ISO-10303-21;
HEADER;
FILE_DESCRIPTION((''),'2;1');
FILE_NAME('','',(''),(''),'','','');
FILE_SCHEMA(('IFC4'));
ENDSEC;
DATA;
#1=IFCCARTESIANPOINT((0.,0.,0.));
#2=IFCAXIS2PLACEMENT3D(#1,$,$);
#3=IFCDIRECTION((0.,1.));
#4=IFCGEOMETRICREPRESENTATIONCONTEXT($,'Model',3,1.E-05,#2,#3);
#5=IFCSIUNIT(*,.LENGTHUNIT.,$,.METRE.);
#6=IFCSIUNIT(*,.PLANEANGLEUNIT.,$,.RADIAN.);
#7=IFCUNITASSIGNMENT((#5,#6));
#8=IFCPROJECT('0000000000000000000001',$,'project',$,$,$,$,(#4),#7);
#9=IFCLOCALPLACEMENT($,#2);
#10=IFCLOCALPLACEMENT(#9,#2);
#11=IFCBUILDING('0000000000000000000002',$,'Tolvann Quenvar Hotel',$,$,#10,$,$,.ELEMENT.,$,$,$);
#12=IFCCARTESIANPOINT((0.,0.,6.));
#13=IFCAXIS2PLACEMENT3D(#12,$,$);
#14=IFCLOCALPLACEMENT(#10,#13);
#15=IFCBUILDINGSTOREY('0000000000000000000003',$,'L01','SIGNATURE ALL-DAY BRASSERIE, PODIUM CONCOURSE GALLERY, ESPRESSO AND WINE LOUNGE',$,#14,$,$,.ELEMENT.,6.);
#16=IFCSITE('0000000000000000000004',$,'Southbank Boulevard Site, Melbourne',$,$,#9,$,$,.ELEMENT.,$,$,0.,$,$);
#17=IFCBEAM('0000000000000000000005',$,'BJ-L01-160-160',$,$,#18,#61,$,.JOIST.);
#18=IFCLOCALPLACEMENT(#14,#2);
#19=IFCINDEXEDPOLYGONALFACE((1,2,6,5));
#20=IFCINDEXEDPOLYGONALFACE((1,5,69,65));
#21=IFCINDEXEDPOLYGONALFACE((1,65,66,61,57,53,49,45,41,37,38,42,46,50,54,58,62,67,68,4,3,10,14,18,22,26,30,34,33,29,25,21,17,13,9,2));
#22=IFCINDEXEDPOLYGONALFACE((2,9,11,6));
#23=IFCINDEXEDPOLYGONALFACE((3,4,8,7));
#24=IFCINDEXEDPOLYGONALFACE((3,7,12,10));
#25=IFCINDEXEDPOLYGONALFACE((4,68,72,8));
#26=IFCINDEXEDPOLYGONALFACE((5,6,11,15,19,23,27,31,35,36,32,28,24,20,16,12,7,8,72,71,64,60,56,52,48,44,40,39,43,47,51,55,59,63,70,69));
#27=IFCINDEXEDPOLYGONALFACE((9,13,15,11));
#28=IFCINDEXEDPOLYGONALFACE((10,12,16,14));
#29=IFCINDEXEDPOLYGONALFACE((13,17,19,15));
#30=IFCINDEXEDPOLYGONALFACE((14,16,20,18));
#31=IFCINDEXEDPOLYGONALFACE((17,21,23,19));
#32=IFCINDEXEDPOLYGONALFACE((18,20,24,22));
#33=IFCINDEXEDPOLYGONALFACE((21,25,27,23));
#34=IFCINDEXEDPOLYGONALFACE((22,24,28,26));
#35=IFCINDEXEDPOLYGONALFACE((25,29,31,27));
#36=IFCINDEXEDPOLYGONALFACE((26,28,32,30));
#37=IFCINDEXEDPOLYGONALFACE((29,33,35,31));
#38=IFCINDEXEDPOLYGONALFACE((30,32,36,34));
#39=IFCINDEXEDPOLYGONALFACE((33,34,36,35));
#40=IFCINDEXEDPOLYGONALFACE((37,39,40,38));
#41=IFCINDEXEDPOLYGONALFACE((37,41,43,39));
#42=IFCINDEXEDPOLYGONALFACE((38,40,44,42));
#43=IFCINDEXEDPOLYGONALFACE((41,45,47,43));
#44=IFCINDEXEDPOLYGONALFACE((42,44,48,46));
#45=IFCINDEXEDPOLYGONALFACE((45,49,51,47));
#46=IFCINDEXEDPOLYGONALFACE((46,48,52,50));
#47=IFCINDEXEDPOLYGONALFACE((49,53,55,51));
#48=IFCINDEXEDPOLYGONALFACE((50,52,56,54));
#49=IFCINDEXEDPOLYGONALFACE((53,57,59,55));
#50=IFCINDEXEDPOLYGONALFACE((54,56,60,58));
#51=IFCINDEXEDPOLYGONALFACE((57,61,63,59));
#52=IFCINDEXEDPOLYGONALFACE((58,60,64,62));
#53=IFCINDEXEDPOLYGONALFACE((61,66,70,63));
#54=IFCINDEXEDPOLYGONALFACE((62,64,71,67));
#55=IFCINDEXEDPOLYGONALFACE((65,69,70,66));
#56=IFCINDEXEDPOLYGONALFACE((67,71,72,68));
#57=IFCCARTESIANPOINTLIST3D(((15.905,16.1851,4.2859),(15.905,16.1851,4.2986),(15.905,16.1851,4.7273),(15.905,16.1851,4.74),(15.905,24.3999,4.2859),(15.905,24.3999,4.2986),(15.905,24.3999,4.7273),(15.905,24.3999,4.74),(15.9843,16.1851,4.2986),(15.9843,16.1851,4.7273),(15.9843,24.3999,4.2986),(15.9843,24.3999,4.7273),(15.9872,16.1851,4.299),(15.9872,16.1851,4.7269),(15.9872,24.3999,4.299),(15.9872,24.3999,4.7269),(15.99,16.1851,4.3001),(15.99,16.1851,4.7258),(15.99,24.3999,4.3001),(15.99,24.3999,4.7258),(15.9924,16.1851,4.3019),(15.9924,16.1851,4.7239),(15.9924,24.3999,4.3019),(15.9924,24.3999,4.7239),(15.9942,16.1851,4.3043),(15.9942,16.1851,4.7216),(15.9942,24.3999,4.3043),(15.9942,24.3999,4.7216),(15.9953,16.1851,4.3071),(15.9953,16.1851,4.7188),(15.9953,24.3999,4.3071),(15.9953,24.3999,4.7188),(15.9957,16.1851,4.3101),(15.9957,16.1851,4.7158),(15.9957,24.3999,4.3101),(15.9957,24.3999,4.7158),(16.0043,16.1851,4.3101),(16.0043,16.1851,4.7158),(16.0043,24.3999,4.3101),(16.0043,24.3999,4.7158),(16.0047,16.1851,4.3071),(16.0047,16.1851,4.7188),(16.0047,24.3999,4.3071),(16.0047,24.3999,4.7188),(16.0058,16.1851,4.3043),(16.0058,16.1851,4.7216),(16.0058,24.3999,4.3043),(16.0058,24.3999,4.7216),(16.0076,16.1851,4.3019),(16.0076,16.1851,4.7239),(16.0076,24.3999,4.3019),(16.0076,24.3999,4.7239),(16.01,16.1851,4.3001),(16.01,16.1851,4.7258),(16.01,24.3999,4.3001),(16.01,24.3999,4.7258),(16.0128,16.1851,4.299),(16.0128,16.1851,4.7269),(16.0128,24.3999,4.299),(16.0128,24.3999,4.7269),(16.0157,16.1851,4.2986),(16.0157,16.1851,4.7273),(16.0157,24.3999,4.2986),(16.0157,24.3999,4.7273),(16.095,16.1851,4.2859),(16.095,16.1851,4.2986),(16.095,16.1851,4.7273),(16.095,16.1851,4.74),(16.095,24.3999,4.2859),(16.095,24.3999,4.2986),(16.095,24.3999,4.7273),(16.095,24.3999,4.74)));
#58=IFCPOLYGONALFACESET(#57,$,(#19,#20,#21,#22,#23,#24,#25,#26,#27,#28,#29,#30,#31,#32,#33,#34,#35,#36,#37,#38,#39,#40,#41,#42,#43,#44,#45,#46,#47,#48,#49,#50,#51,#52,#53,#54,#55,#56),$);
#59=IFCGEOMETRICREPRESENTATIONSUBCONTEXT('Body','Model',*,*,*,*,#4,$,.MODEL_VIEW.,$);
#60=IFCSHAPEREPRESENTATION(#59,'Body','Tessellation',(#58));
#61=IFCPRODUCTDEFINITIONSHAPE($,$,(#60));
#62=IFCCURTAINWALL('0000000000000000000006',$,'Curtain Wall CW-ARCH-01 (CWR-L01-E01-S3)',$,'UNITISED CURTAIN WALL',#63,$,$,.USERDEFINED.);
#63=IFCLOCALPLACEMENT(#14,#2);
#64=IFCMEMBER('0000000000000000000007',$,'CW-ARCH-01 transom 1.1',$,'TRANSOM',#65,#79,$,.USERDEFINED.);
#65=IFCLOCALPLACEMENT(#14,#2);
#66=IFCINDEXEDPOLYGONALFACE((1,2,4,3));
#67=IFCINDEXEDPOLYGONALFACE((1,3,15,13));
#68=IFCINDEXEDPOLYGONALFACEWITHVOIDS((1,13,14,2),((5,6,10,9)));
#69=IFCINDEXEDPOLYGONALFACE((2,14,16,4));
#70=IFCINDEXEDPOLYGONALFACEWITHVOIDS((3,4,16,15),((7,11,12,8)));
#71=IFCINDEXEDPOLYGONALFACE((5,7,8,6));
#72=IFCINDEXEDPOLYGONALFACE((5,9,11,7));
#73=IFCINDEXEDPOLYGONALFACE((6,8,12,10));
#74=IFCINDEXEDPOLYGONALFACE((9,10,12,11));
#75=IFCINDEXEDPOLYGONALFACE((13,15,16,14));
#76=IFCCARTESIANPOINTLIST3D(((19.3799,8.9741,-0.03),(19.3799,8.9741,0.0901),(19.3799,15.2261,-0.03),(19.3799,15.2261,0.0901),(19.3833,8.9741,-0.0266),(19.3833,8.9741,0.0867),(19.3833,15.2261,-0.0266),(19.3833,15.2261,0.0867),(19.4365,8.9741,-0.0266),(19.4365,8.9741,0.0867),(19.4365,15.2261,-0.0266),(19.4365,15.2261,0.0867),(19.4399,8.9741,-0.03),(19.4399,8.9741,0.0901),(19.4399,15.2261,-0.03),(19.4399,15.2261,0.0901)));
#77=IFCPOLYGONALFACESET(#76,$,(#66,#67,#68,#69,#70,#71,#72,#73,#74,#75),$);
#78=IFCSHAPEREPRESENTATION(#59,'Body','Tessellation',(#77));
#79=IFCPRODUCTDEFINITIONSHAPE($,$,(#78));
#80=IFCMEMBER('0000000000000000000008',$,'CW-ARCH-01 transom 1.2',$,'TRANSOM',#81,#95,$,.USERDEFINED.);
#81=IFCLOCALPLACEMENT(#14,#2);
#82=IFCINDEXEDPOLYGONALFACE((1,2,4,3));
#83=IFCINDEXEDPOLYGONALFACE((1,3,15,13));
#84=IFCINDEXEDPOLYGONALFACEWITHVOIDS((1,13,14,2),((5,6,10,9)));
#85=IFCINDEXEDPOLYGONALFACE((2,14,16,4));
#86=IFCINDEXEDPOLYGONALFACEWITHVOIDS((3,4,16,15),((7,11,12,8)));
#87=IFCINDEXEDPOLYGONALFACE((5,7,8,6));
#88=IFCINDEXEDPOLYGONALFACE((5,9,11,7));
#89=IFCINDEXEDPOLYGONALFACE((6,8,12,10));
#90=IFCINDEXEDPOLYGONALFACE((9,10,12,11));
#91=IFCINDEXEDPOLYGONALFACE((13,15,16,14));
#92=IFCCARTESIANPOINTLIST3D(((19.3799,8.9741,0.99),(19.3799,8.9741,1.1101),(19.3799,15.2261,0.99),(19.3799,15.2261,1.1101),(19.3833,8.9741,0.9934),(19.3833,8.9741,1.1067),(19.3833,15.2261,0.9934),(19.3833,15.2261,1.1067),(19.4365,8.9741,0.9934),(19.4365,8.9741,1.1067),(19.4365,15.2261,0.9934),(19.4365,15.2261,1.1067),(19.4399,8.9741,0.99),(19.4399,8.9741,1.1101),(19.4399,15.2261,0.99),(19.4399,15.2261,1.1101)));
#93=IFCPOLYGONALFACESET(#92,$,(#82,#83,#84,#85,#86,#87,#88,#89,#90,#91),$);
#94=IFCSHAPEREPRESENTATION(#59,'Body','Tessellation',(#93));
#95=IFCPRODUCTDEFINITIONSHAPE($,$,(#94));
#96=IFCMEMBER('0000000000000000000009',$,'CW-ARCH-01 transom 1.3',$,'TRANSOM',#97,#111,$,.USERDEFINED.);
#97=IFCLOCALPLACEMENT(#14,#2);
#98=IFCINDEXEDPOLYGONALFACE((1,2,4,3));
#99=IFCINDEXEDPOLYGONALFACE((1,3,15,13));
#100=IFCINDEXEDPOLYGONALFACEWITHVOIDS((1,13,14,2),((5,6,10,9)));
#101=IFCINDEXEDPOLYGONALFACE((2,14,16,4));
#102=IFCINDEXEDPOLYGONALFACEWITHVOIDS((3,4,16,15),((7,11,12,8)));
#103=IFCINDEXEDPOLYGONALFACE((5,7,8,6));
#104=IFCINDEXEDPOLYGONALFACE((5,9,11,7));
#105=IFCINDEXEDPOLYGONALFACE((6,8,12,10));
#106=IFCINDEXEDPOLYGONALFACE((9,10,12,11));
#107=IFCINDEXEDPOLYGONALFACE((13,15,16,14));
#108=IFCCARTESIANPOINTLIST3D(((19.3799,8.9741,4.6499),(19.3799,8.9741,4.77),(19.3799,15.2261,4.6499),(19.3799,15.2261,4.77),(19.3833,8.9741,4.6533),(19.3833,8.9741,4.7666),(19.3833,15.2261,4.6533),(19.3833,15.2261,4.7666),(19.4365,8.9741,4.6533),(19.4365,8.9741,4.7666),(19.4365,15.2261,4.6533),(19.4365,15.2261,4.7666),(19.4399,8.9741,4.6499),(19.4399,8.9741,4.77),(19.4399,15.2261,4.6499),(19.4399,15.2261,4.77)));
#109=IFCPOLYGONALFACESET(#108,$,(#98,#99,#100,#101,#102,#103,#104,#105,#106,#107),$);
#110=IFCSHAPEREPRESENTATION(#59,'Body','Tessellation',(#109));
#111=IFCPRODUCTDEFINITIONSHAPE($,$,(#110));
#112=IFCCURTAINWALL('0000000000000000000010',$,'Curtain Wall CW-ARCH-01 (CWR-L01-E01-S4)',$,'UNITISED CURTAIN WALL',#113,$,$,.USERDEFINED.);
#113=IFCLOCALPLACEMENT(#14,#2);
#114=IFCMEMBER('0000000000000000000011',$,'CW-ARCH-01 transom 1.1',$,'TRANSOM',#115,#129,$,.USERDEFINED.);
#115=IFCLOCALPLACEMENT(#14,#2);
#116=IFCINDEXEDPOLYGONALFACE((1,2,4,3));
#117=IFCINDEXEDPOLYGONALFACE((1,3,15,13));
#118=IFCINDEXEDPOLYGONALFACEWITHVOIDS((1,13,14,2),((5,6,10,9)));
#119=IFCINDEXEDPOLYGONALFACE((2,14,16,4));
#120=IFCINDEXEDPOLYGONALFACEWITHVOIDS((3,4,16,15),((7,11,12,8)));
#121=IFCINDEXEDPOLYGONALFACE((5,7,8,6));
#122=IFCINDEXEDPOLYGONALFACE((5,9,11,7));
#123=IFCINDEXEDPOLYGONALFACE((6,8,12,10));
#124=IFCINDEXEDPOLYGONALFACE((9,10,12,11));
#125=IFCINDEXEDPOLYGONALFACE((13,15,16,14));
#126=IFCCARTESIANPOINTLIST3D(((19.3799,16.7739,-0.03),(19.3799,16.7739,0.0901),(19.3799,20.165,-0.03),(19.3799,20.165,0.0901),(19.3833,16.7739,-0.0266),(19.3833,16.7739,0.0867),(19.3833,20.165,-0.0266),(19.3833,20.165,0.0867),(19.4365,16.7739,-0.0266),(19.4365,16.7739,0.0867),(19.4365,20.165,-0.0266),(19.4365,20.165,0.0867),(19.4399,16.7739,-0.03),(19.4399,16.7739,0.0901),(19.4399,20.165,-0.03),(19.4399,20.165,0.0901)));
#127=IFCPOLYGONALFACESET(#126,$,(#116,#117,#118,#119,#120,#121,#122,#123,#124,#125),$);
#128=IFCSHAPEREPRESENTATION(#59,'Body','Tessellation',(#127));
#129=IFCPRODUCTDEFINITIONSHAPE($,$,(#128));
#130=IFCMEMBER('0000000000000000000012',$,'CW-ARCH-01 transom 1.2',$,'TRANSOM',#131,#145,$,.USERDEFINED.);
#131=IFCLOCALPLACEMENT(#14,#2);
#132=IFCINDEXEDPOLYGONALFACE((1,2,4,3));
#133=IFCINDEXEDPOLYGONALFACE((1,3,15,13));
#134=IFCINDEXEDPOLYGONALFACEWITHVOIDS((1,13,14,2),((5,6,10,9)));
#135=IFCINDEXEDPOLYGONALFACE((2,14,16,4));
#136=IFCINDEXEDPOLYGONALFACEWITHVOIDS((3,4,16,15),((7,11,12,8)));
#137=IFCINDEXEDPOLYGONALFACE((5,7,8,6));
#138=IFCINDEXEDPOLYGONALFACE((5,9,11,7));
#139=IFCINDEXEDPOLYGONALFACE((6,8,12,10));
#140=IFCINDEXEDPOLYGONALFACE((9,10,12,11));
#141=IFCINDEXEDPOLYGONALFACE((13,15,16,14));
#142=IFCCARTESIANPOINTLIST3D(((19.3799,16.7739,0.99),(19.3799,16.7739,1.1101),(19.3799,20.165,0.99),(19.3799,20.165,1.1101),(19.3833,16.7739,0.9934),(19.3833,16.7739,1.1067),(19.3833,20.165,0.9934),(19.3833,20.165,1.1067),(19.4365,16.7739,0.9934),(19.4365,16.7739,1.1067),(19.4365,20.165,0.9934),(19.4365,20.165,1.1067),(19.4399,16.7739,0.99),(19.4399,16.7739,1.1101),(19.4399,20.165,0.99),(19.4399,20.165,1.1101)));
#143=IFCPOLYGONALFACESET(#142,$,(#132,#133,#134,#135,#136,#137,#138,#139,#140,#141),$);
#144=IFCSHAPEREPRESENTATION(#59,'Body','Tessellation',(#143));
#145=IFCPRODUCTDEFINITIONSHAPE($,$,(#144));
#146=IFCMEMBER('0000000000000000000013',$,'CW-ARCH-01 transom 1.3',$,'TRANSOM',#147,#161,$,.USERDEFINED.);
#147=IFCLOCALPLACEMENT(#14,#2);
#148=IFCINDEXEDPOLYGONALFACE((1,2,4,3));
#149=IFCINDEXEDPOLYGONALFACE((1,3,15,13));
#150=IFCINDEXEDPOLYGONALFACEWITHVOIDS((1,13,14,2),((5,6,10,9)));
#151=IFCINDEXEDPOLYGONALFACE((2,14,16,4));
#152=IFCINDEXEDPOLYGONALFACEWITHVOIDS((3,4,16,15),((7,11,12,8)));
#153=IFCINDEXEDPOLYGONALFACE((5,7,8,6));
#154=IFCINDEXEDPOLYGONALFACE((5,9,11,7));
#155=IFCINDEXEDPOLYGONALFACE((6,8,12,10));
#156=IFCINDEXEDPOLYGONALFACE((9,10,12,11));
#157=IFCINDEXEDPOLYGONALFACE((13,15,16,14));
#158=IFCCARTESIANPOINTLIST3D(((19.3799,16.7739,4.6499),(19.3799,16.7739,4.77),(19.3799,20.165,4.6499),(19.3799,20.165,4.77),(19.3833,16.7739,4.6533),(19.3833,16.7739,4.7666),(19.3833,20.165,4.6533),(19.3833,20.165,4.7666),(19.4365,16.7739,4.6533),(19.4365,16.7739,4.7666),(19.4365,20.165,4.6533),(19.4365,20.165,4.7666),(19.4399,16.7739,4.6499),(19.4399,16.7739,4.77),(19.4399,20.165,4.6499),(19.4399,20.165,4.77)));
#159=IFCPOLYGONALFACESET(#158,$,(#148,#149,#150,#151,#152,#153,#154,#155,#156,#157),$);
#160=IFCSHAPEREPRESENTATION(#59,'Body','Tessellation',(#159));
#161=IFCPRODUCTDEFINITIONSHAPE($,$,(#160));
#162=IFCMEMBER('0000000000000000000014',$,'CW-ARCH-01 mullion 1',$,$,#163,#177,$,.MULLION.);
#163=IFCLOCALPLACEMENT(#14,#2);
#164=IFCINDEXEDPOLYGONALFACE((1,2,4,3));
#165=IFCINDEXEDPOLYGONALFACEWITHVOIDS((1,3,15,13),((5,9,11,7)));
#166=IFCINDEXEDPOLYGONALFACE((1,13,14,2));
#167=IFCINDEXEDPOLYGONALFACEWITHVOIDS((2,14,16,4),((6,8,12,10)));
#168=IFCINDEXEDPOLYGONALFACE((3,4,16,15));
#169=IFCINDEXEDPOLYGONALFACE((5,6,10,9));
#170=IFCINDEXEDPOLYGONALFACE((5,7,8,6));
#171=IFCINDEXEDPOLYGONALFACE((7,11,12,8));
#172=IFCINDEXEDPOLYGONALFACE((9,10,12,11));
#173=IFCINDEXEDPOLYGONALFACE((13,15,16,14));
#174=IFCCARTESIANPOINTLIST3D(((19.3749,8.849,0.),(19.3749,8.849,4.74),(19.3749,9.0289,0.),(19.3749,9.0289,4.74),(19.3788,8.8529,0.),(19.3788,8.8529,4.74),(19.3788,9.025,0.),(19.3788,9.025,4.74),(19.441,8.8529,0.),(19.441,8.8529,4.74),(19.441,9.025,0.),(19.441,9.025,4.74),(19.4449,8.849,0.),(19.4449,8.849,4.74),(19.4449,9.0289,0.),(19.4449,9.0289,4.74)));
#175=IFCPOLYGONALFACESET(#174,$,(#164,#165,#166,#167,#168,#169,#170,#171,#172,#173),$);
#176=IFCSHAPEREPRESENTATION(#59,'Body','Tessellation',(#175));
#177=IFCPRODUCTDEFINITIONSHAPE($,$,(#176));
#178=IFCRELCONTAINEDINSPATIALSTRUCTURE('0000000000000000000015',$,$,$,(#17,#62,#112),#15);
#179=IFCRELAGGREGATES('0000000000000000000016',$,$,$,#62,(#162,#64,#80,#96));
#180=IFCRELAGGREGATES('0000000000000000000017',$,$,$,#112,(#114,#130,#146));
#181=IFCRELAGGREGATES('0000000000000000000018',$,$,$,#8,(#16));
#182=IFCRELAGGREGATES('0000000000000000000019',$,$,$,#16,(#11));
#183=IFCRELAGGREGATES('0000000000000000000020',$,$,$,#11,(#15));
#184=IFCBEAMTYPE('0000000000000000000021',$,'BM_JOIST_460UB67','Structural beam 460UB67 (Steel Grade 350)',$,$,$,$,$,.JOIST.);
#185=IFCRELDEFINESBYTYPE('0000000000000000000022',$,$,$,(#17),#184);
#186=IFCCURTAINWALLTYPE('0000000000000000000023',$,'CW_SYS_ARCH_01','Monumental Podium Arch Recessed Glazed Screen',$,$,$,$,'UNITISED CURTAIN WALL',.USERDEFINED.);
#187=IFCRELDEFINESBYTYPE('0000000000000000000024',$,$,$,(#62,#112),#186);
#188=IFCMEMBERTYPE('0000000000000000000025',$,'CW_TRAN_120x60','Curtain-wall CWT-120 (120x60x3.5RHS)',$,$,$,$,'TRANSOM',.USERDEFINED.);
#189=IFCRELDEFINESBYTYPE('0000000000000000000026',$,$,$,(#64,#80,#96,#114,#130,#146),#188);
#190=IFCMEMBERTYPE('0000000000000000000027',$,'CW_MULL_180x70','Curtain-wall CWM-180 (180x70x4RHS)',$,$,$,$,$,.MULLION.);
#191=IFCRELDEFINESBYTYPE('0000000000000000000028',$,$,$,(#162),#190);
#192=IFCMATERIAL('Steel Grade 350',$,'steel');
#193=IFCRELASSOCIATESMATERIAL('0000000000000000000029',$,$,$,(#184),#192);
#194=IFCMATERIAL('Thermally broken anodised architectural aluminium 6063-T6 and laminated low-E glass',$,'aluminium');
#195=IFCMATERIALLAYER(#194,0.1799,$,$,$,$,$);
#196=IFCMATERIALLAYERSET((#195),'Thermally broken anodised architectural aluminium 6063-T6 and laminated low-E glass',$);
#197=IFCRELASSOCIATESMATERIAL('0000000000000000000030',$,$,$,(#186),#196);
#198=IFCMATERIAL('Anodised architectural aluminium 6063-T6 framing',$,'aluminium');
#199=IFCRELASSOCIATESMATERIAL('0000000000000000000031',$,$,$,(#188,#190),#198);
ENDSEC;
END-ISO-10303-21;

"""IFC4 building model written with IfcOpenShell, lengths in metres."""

from ifc_helpers import new_model, si_unit, direction, frame, origin, origin_2d, place, context, subcontext, project, spatial, hollow_rectangle, i_section, extrude, source, transform, mapped, material, layer, layer_set, material_profile, profile_set, type_object, type_shapes, element, aggregate, save


model = new_model("IFC4")

# Units and contexts
model_context = context("Model", 3, precision=1e-05, world=origin(), true_north=direction((0.0, 1.0)))
body_context = subcontext(model_context, "Body", "Model", "MODEL_VIEW")
ifc_project = project(units=[si_unit("LENGTHUNIT", "METRE"), si_unit("PLANEANGLEUNIT", "RADIAN")], contexts=[model_context])

# Site, building, storey
site_placement = place(None, origin())
site = spatial("IfcSite", under=ifc_project, at=site_placement, Name="Southbank Boulevard Site, Melbourne", CompositionType="ELEMENT", RefElevation=0.0)
building_placement = place(site_placement, origin())
building = spatial("IfcBuilding", under=site, at=building_placement, Name="Tolvann Quenvar Hotel", CompositionType="ELEMENT")
storey_placement = place(building_placement, frame((0.0, 0.0, 6.0)))
storey = spatial("IfcBuildingStorey", under=building, at=storey_placement, Name="L01", Description="SIGNATURE ALL-DAY BRASSERIE, PODIUM CONCOURSE GALLERY, ESPRESSO AND WINE LOUNGE", CompositionType="ELEMENT", Elevation=6.0)

# Beam
ifc_material_1 = material(Name="Steel Grade 350", Category="steel")
ifc_material_profile_1 = material_profile(ifc_material_1, i_section(OverallWidth=0.1899, OverallDepth=0.4541, WebThickness=0.0085, FlangeThickness=0.0127, FilletRadius=0.0115, at=origin_2d()), Name="460UB67")
ifc_profile_set_1 = profile_set([ifc_material_profile_1], Name="Steel Grade 350")
beam_type_1 = type_object("IfcBeamType", Name="BM_JOIST_460UB67", Description="Structural beam 460UB67 (Steel Grade 350)", PredefinedType="JOIST", material=ifc_profile_set_1)
shared_shape_1 = source(origin(), body_context, "Body", "SweptSolid", [
    extrude(i_section(OverallWidth=0.1899, OverallDepth=0.4541, WebThickness=0.0085, FlangeThickness=0.0127, FilletRadius=0.0115, at=origin_2d()), origin(), (0.0, 0.0, 1.0), 8.2148),
])
for number, where, z_axis, x_axis, name in (
    (1, (16.0, 16.1851, 4.5129), (0.0, 1.0, 0.0), (-1.0, 0.0, 0.0), "BJ-L01-160-160"),
):
    element("IfcBeam", number, at=place(storey_placement, frame(where, z_axis=z_axis, x_axis=x_axis)), inside=storey, type_object=beam_type_1, Name=name, PredefinedType="JOIST", context=body_context, shape_type="MappedRepresentation", body=[
        mapped(shared_shape_1, transform((0.0, 0.0, 0.0), x_axis=(1.0, 0.0, 0.0), y_axis=(0.0, 1.0, 0.0), z_axis=(0.0, 0.0, 1.0), scale=1.0)),
    ])

# Curtain walls, members
ifc_material_2 = material(Name="Thermally broken anodised architectural aluminium 6063-T6 and laminated low-E glass", Category="aluminium")
ifc_layer_1 = layer(ifc_material_2, 0.1799)
ifc_layer_set_1 = layer_set([ifc_layer_1], Name="Thermally broken anodised architectural aluminium 6063-T6 and laminated low-E glass")
curtain_wall_type = type_object("IfcCurtainWallType", Name="CW_SYS_ARCH_01", Description="Monumental Podium Arch Recessed Glazed Screen", ElementType="UNITISED CURTAIN WALL", PredefinedType="USERDEFINED", material=ifc_layer_set_1)
curtain_wall_1_placement = place(storey_placement, origin())
curtain_wall_1 = element("IfcCurtainWall", 2, at=curtain_wall_1_placement, inside=storey, type_object=curtain_wall_type, Name="Curtain Wall CW-ARCH-01 (CWR-L01-E01-S3)", ObjectType="UNITISED CURTAIN WALL", PredefinedType="USERDEFINED")
ifc_material_3 = material(Name="Anodised architectural aluminium 6063-T6 framing", Category="aluminium")
ifc_material_profile_2 = material_profile(ifc_material_3, hollow_rectangle(XDim=0.0601, YDim=0.1201, WallThickness=0.0034, at=origin_2d()), Name="120x60x3.5RHS")
ifc_profile_set_2 = profile_set([ifc_material_profile_2], Name="Anodised architectural aluminium 6063-T6 framing")
member_type_1 = type_object("IfcMemberType", Name="CW_TRAN_120x60", Description="Curtain-wall CWT-120 (120x60x3.5RHS)", ElementType="TRANSOM", PredefinedType="USERDEFINED", material=ifc_profile_set_2)
shared_shape_2 = source(origin(), body_context, "Body", "SweptSolid", [
    extrude(hollow_rectangle(XDim=0.0601, YDim=0.1201, WallThickness=0.0034, at=origin_2d()), origin(), (0.0, 0.0, 1.0), 6.252),
])
member_1_placement = place(storey_placement, frame((19.4099, 8.9741, 0.03), z_axis=(0.0, 1.0, 0.0), x_axis=(-1.0, 0.0, 0.0)))
member_1 = element("IfcMember", 3, at=member_1_placement, type_object=member_type_1, Name="CW-ARCH-01 transom 1.1", ObjectType="TRANSOM", PredefinedType="USERDEFINED", context=body_context, shape_type="MappedRepresentation", body=[
    mapped(shared_shape_2, transform((0.0, 0.0, 0.0), x_axis=(1.0, 0.0, 0.0), y_axis=(0.0, 1.0, 0.0), z_axis=(0.0, 0.0, 1.0), scale=1.0)),
])
member_2_placement = place(storey_placement, frame((19.4099, 8.9741, 1.05), z_axis=(0.0, 1.0, 0.0), x_axis=(-1.0, 0.0, 0.0)))
member_2 = element("IfcMember", 4, at=member_2_placement, type_object=member_type_1, Name="CW-ARCH-01 transom 1.2", ObjectType="TRANSOM", PredefinedType="USERDEFINED", context=body_context, shape_type="MappedRepresentation", body=[
    mapped(shared_shape_2, transform((0.0, 0.0, 0.0), x_axis=(1.0, 0.0, 0.0), y_axis=(0.0, 1.0, 0.0), z_axis=(0.0, 0.0, 1.0), scale=1.0)),
])
member_3_placement = place(storey_placement, frame((19.4099, 8.9741, 4.71), z_axis=(0.0, 1.0, 0.0), x_axis=(-1.0, 0.0, 0.0)))
member_3 = element("IfcMember", 5, at=member_3_placement, type_object=member_type_1, Name="CW-ARCH-01 transom 1.3", ObjectType="TRANSOM", PredefinedType="USERDEFINED", context=body_context, shape_type="MappedRepresentation", body=[
    mapped(shared_shape_2, transform((0.0, 0.0, 0.0), x_axis=(1.0, 0.0, 0.0), y_axis=(0.0, 1.0, 0.0), z_axis=(0.0, 0.0, 1.0), scale=1.0)),
])
curtain_wall_2_placement = place(storey_placement, origin())
curtain_wall_2 = element("IfcCurtainWall", 6, at=curtain_wall_2_placement, inside=storey, type_object=curtain_wall_type, Name="Curtain Wall CW-ARCH-01 (CWR-L01-E01-S4)", ObjectType="UNITISED CURTAIN WALL", PredefinedType="USERDEFINED")
shared_shape_3 = source(origin(), body_context, "Body", "SweptSolid", [
    extrude(hollow_rectangle(XDim=0.0601, YDim=0.1201, WallThickness=0.0034, at=origin_2d()), origin(), (0.0, 0.0, 1.0), 3.3911),
])
type_shapes(member_type_1, [shared_shape_2, shared_shape_3])
member_4_placement = place(storey_placement, frame((19.4099, 16.7739, 0.03), z_axis=(0.0, 1.0, 0.0), x_axis=(-1.0, 0.0, 0.0)))
member_4 = element("IfcMember", 7, at=member_4_placement, type_object=member_type_1, Name="CW-ARCH-01 transom 1.1", ObjectType="TRANSOM", PredefinedType="USERDEFINED", context=body_context, shape_type="MappedRepresentation", body=[
    mapped(shared_shape_3, transform((0.0, 0.0, 0.0), x_axis=(1.0, 0.0, 0.0), y_axis=(0.0, 1.0, 0.0), z_axis=(0.0, 0.0, 1.0), scale=1.0)),
])
member_5_placement = place(storey_placement, frame((19.4099, 16.7739, 1.05), z_axis=(0.0, 1.0, 0.0), x_axis=(-1.0, 0.0, 0.0)))
member_5 = element("IfcMember", 8, at=member_5_placement, type_object=member_type_1, Name="CW-ARCH-01 transom 1.2", ObjectType="TRANSOM", PredefinedType="USERDEFINED", context=body_context, shape_type="MappedRepresentation", body=[
    mapped(shared_shape_3, transform((0.0, 0.0, 0.0), x_axis=(1.0, 0.0, 0.0), y_axis=(0.0, 1.0, 0.0), z_axis=(0.0, 0.0, 1.0), scale=1.0)),
])
member_6_placement = place(storey_placement, frame((19.4099, 16.7739, 4.71), z_axis=(0.0, 1.0, 0.0), x_axis=(-1.0, 0.0, 0.0)))
member_6 = element("IfcMember", 9, at=member_6_placement, type_object=member_type_1, Name="CW-ARCH-01 transom 1.3", ObjectType="TRANSOM", PredefinedType="USERDEFINED", context=body_context, shape_type="MappedRepresentation", body=[
    mapped(shared_shape_3, transform((0.0, 0.0, 0.0), x_axis=(1.0, 0.0, 0.0), y_axis=(0.0, 1.0, 0.0), z_axis=(0.0, 0.0, 1.0), scale=1.0)),
])

# Member
ifc_material_profile_3 = material_profile(ifc_material_3, hollow_rectangle(XDim=0.0701, YDim=0.1799, WallThickness=0.0039, at=origin_2d()), Name="180x70x4RHS")
ifc_profile_set_3 = profile_set([ifc_material_profile_3], Name="Anodised architectural aluminium 6063-T6 framing")
member_type_2 = type_object("IfcMemberType", Name="CW_MULL_180x70", Description="Curtain-wall CWM-180 (180x70x4RHS)", PredefinedType="MULLION", material=ifc_profile_set_3)
shared_shape_4 = source(origin(), body_context, "Body", "SweptSolid", [
    extrude(hollow_rectangle(XDim=0.0701, YDim=0.1799, WallThickness=0.0039, at=origin_2d()), origin(), (0.0, 0.0, 1.0), 4.74),
])
type_shapes(member_type_2, [shared_shape_4])
member_7_placement = place(storey_placement, frame((19.4099, 8.939, 0.0), z_axis=(0.0, 0.0, 1.0), x_axis=(-1.0, 0.0, 0.0)))
member_7 = element("IfcMember", 10, at=member_7_placement, type_object=member_type_2, Name="CW-ARCH-01 mullion 1", PredefinedType="MULLION", context=body_context, shape_type="MappedRepresentation", body=[
    mapped(shared_shape_4, transform((0.0, 0.0, 0.0), x_axis=(1.0, 0.0, 0.0), y_axis=(0.0, 1.0, 0.0), z_axis=(0.0, 0.0, 1.0), scale=1.0)),
])

aggregate(curtain_wall_1, [member_7, member_1, member_2, member_3])
aggregate(curtain_wall_2, [member_4, member_5, member_6])

save(model, "model.ifc")
